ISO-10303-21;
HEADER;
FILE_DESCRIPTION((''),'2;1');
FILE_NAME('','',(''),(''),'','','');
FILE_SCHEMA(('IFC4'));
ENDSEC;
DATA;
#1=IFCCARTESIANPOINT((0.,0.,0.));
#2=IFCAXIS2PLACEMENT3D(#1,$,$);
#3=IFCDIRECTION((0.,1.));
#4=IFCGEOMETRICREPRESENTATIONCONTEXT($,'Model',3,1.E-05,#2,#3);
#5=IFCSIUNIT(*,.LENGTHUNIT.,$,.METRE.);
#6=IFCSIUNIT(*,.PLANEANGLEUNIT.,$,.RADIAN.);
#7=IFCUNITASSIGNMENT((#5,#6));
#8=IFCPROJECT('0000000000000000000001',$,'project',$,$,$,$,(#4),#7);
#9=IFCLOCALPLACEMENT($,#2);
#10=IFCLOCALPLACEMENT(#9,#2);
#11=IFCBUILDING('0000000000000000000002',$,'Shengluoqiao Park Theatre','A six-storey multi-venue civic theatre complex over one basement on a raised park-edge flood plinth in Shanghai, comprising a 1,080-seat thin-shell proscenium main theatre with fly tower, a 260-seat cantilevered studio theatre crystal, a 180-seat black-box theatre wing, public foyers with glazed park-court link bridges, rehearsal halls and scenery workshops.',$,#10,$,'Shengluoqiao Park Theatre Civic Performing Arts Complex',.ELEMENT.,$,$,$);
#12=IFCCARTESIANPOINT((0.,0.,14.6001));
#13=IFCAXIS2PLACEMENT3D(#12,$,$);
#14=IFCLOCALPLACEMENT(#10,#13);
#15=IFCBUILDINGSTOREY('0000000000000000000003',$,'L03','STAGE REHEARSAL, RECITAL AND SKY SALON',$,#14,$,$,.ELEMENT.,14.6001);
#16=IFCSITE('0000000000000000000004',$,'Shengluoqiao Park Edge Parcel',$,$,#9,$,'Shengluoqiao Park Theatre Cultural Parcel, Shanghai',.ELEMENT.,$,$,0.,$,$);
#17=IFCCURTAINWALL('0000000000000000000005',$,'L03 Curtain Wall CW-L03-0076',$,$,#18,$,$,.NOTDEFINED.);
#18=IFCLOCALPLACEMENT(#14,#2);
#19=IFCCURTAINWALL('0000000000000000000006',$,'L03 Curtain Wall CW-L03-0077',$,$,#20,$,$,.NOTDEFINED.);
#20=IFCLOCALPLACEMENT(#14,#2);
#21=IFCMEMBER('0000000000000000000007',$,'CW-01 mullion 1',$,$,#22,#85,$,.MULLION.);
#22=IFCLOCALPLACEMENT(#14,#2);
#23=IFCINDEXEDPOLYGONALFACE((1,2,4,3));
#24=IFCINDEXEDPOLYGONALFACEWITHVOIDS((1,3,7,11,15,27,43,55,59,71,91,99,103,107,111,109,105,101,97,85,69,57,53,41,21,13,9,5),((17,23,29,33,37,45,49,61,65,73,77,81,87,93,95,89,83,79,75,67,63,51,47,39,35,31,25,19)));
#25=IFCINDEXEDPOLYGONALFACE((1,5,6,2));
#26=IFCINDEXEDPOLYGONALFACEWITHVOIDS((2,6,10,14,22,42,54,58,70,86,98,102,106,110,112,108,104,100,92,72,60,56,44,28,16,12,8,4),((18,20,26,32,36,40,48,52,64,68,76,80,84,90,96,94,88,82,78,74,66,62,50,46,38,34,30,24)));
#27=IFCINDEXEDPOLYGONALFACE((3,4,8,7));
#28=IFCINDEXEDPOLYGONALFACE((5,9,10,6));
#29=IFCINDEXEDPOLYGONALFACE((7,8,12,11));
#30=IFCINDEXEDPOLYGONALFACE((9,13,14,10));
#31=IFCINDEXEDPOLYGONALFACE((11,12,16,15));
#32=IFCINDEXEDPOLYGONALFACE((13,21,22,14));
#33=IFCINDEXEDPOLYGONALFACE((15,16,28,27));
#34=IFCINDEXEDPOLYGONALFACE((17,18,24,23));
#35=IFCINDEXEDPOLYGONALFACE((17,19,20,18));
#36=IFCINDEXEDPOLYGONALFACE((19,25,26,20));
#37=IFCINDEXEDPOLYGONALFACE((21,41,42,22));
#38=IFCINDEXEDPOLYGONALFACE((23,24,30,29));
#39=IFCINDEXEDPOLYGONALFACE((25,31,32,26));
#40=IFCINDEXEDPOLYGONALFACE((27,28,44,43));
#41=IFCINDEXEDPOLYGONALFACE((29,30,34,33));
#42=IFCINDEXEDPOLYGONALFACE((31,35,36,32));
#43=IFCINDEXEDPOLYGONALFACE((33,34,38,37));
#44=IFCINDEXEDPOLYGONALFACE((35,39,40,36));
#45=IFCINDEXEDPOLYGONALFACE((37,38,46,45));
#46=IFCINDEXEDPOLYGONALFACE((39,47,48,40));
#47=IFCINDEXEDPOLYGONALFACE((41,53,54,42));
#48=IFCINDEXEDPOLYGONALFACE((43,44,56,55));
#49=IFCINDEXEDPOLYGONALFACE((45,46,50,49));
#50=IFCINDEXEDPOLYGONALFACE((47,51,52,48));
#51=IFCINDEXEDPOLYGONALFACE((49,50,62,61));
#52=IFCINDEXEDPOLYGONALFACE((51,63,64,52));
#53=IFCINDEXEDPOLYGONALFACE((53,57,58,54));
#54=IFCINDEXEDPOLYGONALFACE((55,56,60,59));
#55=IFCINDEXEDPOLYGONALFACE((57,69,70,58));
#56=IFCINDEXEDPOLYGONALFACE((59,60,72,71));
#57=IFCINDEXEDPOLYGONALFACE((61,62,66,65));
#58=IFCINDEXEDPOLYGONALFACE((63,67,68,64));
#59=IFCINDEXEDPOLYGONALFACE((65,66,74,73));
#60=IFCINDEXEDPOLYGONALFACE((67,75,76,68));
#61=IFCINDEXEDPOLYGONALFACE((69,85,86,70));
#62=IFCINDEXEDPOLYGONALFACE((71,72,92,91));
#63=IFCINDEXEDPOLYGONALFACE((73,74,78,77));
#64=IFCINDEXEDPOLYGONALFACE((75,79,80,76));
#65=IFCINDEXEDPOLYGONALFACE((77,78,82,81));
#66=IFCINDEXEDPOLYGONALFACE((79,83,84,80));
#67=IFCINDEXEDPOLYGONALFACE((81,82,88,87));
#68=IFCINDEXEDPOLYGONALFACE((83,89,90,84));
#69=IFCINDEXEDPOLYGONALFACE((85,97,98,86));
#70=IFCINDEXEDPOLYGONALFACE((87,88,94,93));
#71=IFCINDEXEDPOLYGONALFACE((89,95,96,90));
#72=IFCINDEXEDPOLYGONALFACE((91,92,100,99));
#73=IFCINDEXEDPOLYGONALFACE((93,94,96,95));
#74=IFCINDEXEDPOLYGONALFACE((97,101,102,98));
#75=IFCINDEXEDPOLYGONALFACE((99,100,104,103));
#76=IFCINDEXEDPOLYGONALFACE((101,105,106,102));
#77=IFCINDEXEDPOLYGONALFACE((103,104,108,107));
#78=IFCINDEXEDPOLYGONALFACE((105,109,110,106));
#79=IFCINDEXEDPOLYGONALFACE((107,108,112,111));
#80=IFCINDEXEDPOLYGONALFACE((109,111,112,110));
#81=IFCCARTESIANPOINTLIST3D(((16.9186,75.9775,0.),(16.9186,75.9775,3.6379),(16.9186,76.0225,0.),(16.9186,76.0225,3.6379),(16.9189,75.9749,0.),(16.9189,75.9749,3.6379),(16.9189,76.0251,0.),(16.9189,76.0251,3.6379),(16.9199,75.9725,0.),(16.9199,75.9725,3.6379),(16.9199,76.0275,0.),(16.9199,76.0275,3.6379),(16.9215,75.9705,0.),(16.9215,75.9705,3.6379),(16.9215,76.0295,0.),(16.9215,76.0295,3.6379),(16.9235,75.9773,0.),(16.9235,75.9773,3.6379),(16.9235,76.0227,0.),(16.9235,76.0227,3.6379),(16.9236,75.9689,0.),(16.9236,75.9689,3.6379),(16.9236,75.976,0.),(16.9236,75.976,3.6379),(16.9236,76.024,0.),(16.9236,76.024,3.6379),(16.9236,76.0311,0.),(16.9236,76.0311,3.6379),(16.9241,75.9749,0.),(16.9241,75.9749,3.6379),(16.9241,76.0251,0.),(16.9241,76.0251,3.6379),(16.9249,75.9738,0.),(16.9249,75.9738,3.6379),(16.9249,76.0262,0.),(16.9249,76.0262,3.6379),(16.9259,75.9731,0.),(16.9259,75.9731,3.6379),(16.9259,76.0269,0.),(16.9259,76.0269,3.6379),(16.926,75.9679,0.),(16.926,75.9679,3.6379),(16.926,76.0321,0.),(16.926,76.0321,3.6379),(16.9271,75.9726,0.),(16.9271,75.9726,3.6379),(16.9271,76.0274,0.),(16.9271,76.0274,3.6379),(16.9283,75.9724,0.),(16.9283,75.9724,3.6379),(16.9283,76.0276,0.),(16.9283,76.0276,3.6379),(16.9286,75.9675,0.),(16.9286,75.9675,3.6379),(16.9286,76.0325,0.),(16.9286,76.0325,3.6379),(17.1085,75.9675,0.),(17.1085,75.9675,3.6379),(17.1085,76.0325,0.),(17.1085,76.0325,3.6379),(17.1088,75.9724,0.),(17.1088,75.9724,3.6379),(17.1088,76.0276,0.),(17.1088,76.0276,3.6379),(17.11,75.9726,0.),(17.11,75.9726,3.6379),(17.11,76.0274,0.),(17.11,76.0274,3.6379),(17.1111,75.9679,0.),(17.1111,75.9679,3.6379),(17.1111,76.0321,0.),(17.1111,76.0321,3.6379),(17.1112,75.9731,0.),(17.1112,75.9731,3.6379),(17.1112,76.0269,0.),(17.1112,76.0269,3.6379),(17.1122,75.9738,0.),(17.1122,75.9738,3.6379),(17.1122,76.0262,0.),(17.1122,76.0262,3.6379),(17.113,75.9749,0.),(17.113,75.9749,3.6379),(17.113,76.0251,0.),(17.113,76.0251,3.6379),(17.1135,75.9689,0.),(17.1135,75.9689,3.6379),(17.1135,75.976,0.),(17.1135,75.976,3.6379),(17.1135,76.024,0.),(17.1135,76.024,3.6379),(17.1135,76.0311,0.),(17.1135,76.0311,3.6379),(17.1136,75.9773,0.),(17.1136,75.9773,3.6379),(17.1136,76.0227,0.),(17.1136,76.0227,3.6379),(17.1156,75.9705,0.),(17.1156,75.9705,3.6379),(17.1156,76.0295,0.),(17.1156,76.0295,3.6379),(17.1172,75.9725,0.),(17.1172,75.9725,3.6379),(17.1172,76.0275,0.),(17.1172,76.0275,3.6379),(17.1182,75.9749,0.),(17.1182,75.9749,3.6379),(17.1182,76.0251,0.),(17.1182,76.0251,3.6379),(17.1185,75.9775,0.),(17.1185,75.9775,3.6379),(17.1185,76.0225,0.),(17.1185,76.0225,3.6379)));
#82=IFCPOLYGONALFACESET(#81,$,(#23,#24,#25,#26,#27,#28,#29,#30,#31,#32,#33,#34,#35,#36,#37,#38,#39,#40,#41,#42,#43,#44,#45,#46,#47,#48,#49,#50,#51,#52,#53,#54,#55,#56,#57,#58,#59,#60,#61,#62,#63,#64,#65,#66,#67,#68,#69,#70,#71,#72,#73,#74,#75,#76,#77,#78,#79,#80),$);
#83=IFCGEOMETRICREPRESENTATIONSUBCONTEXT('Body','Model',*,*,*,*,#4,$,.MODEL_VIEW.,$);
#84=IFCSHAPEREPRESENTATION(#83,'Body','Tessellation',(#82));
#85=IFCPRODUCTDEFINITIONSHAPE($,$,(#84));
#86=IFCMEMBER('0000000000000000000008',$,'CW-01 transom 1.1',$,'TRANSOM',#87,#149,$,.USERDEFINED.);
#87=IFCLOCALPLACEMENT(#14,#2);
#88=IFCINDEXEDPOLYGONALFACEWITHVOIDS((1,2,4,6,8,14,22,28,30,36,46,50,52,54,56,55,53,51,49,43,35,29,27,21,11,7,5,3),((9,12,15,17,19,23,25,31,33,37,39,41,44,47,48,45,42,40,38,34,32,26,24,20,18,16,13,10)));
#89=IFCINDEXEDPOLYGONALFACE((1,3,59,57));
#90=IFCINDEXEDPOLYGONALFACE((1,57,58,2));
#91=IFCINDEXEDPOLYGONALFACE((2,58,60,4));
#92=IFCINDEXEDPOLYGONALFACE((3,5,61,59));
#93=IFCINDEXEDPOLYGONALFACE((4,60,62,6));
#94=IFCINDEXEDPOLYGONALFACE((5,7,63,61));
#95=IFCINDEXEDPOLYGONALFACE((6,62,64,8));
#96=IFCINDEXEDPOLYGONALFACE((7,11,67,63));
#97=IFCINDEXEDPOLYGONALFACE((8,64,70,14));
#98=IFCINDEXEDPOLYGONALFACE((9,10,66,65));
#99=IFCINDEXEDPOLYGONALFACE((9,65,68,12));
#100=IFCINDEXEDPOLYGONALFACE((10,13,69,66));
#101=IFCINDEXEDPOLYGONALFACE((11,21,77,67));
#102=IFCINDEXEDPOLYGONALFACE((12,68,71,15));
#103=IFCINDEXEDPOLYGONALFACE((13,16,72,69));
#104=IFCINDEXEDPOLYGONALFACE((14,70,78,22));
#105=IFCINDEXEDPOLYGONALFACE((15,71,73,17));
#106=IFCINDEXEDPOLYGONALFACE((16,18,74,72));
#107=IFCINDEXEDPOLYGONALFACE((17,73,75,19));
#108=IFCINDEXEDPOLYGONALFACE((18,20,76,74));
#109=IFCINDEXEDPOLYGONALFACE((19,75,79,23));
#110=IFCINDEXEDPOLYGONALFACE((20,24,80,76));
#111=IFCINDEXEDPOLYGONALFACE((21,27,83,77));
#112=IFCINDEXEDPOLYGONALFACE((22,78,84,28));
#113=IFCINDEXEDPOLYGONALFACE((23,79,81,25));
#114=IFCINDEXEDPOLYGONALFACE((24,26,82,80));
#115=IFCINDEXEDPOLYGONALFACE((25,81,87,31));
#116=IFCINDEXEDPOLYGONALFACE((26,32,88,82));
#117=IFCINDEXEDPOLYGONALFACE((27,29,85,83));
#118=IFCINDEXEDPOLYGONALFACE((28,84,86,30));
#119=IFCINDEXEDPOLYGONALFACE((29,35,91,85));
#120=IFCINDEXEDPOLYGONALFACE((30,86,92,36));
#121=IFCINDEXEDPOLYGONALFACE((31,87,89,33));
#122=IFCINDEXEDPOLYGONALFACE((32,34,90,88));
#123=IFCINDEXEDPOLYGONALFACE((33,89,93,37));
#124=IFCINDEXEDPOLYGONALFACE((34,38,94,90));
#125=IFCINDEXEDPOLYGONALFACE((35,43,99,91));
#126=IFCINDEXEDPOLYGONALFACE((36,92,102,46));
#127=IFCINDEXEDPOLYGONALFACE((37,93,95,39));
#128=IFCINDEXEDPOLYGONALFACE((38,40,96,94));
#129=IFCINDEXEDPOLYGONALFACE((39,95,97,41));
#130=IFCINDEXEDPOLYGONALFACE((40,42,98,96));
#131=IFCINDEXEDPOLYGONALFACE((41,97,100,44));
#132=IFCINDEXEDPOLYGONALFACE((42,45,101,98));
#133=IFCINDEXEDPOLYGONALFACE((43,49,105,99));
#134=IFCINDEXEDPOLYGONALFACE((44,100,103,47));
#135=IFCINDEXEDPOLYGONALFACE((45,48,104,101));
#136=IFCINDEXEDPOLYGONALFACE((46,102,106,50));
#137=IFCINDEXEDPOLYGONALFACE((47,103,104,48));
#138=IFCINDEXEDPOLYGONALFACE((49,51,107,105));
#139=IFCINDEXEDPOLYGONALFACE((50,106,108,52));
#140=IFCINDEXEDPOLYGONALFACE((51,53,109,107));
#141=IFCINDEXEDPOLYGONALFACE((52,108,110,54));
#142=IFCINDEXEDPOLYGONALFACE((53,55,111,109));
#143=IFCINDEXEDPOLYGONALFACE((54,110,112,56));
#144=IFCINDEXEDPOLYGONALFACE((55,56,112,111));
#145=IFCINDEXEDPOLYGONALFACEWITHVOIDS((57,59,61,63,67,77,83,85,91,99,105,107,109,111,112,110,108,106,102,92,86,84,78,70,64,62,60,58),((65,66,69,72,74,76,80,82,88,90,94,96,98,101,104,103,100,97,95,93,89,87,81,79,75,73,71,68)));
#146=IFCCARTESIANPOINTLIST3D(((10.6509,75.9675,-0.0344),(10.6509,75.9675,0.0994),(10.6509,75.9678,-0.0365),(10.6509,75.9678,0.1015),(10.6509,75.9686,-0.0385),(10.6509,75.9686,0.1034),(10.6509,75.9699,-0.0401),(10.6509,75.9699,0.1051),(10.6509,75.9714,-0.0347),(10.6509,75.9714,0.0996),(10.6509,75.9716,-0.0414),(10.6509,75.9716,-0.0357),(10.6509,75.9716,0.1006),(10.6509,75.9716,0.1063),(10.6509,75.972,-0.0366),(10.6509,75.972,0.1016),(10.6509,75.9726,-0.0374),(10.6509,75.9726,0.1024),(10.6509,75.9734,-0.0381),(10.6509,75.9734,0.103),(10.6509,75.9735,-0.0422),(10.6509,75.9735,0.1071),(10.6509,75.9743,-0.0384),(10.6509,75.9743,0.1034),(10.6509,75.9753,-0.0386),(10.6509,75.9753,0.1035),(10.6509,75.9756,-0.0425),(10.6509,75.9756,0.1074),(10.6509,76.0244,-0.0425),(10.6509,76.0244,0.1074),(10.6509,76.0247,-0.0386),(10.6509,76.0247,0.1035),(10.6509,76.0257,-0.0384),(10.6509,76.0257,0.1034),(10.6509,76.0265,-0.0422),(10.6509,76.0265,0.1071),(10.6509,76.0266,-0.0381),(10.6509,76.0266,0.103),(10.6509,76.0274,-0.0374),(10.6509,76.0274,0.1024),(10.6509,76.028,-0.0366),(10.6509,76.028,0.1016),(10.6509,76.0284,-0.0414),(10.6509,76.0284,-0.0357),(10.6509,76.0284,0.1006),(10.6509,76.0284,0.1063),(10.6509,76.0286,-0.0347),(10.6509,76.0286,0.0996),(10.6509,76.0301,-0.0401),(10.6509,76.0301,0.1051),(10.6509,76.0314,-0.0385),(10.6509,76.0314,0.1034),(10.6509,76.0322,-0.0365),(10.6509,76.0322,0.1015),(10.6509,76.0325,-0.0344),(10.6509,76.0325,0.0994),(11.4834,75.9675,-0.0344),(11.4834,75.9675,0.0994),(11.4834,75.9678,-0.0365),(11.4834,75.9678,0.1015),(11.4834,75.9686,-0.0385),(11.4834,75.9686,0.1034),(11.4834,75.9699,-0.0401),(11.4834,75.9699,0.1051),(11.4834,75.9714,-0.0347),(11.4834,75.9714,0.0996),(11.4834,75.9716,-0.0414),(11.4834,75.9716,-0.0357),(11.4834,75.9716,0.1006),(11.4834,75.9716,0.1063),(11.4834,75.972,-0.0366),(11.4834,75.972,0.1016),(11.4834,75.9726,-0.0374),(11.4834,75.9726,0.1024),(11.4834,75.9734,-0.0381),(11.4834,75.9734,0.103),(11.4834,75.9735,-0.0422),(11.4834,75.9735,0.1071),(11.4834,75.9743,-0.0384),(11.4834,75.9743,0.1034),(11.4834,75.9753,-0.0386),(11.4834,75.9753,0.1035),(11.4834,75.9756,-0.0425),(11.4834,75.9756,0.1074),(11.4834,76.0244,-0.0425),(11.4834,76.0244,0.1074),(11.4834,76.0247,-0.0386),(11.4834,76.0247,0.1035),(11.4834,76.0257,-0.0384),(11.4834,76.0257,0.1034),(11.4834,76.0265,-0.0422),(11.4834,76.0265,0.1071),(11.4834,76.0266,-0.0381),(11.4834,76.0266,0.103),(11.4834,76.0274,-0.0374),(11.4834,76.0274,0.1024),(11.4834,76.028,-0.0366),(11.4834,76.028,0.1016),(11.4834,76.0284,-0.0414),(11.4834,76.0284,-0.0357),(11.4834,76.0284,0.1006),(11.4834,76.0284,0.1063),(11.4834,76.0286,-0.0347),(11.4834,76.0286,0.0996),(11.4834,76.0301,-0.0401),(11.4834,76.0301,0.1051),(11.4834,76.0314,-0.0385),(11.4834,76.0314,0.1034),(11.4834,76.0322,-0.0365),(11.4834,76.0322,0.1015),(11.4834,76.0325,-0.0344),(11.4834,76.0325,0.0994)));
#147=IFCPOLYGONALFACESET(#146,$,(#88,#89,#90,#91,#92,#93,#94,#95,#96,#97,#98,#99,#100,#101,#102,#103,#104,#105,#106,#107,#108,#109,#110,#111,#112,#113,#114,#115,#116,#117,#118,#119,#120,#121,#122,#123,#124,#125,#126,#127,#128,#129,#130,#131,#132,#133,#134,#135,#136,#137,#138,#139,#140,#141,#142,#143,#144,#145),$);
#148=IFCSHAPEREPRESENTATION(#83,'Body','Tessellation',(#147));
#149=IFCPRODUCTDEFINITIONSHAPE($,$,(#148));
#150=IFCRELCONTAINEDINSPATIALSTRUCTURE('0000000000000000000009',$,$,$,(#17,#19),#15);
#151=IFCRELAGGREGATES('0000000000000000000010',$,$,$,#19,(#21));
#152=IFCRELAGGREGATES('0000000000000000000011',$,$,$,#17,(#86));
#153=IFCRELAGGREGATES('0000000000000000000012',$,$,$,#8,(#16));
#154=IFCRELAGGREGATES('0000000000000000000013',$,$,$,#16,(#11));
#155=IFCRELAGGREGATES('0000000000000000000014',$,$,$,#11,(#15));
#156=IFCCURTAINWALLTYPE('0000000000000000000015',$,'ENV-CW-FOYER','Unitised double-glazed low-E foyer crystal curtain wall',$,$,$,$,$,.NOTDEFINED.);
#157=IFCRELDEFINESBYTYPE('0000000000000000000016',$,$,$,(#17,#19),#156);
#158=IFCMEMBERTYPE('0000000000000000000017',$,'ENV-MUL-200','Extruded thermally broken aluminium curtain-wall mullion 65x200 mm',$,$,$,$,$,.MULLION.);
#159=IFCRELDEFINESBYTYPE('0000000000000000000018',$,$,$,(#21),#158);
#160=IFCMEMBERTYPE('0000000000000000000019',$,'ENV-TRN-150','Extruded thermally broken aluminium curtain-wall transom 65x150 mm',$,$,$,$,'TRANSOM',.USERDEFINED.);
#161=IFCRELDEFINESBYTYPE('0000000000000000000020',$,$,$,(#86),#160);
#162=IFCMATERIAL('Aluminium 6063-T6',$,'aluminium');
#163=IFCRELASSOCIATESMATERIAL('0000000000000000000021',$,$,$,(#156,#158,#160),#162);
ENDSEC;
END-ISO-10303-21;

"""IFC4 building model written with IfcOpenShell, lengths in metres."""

from ifc_helpers import new_model, si_unit, direction, frame, origin, origin_2d, place, context, subcontext, project, spatial, hollow_rectangle, extrude, material, material_profile, profile_set, type_object, element, aggregate, save


model = new_model("IFC4")

# Units and contexts
model_context = context("Model", 3, precision=1e-05, world=origin(), true_north=direction((0.0, 1.0)))
body_context = subcontext(model_context, "Body", "Model", "MODEL_VIEW")
ifc_project = project(units=[si_unit("LENGTHUNIT", "METRE"), si_unit("PLANEANGLEUNIT", "RADIAN")], contexts=[model_context])

# Site, building, storey
site_placement = place(None, origin())
site = spatial("IfcSite", under=ifc_project, at=site_placement, Name="Shengluoqiao Park Edge Parcel", LongName="Shengluoqiao Park Theatre Cultural Parcel, Shanghai", CompositionType="ELEMENT", RefElevation=0.0)
building_placement = place(site_placement, origin())
building = spatial("IfcBuilding", under=site, at=building_placement, Name="Shengluoqiao Park Theatre", Description="A six-storey multi-venue civic theatre complex over one basement on a raised park-edge flood plinth in Shanghai, comprising a 1,080-seat thin-shell proscenium main theatre with fly tower, a 260-seat cantilevered studio theatre crystal, a 180-seat black-box theatre wing, public foyers with glazed park-court link bridges, rehearsal halls and scenery workshops.", LongName="Shengluoqiao Park Theatre Civic Performing Arts Complex", CompositionType="ELEMENT")
storey_placement = place(building_placement, frame((0.0, 0.0, 14.6001)))
storey = spatial("IfcBuildingStorey", under=building, at=storey_placement, Name="L03", Description="STAGE REHEARSAL, RECITAL AND SKY SALON", CompositionType="ELEMENT", Elevation=14.6001)

# Curtain wall
ifc_material_1 = material(Name="Aluminium 6063-T6", Category="aluminium")
curtain_wall_type = type_object("IfcCurtainWallType", Name="ENV-CW-FOYER", Description="Unitised double-glazed low-E foyer crystal curtain wall", PredefinedType="NOTDEFINED", material=ifc_material_1)
curtain_wall_1_placement = place(storey_placement, origin())
curtain_wall_1 = element("IfcCurtainWall", 1, at=curtain_wall_1_placement, inside=storey, type_object=curtain_wall_type, Name="L03 Curtain Wall CW-L03-0076", PredefinedType="NOTDEFINED")
ifc_material_profile_1 = material_profile(ifc_material_1, hollow_rectangle(XDim=0.0649, YDim=0.2, WallThickness=0.0049, InnerFilletRadius=0.0049, OuterFilletRadius=0.01, at=origin_2d()), Name="ALU MULLION 200x65x5")
ifc_profile_set_1 = profile_set([ifc_material_profile_1], Name="Aluminium 6063-T6")
member_type_1 = type_object("IfcMemberType", Name="ENV-MUL-200", Description="Extruded thermally broken aluminium curtain-wall mullion 65x200 mm", PredefinedType="MULLION", material=ifc_profile_set_1)

# Curtain wall, member
curtain_wall_2_placement = place(storey_placement, origin())
curtain_wall_2 = element("IfcCurtainWall", 2, at=curtain_wall_2_placement, inside=storey, type_object=curtain_wall_type, Name="L03 Curtain Wall CW-L03-0077", PredefinedType="NOTDEFINED")
member_1_placement = place(storey_placement, frame((17.0186, 76.0, 0.0), z_axis=(0.0, 0.0, 1.0), x_axis=(0.0, 1.0, 0.0)))
member_1 = element("IfcMember", 3, at=member_1_placement, type_object=member_type_1, Name="CW-01 mullion 1", PredefinedType="MULLION", context=body_context, shape_type="SweptSolid", body=[
    extrude(hollow_rectangle(XDim=0.0649, YDim=0.2, WallThickness=0.0049, InnerFilletRadius=0.0049, OuterFilletRadius=0.01, at=origin_2d()), origin(), (0.0, 0.0, 1.0), 3.6379),
])

# Member
ifc_material_profile_2 = material_profile(ifc_material_1, hollow_rectangle(XDim=0.0649, YDim=0.1499, WallThickness=0.0039, InnerFilletRadius=0.0039, OuterFilletRadius=0.0081, at=origin_2d()), Name="ALU TRANSOM 150x65x4")
ifc_profile_set_2 = profile_set([ifc_material_profile_2], Name="Aluminium 6063-T6")
member_type_2 = type_object("IfcMemberType", Name="ENV-TRN-150", Description="Extruded thermally broken aluminium curtain-wall transom 65x150 mm", ElementType="TRANSOM", PredefinedType="USERDEFINED", material=ifc_profile_set_2)
member_2_placement = place(storey_placement, frame((10.6509, 76.0, 0.0325), z_axis=(1.0, 0.0, 0.0), x_axis=(0.0, 1.0, 0.0)))
member_2 = element("IfcMember", 4, at=member_2_placement, type_object=member_type_2, Name="CW-01 transom 1.1", ObjectType="TRANSOM", PredefinedType="USERDEFINED", context=body_context, shape_type="SweptSolid", body=[
    extrude(hollow_rectangle(XDim=0.0649, YDim=0.1499, WallThickness=0.0039, InnerFilletRadius=0.0039, OuterFilletRadius=0.0081, at=origin_2d()), origin(), (0.0, 0.0, 1.0), 0.8325),
])
aggregate(curtain_wall_2, [member_1])

aggregate(curtain_wall_1, [member_2])

save(model, "model.ifc")
